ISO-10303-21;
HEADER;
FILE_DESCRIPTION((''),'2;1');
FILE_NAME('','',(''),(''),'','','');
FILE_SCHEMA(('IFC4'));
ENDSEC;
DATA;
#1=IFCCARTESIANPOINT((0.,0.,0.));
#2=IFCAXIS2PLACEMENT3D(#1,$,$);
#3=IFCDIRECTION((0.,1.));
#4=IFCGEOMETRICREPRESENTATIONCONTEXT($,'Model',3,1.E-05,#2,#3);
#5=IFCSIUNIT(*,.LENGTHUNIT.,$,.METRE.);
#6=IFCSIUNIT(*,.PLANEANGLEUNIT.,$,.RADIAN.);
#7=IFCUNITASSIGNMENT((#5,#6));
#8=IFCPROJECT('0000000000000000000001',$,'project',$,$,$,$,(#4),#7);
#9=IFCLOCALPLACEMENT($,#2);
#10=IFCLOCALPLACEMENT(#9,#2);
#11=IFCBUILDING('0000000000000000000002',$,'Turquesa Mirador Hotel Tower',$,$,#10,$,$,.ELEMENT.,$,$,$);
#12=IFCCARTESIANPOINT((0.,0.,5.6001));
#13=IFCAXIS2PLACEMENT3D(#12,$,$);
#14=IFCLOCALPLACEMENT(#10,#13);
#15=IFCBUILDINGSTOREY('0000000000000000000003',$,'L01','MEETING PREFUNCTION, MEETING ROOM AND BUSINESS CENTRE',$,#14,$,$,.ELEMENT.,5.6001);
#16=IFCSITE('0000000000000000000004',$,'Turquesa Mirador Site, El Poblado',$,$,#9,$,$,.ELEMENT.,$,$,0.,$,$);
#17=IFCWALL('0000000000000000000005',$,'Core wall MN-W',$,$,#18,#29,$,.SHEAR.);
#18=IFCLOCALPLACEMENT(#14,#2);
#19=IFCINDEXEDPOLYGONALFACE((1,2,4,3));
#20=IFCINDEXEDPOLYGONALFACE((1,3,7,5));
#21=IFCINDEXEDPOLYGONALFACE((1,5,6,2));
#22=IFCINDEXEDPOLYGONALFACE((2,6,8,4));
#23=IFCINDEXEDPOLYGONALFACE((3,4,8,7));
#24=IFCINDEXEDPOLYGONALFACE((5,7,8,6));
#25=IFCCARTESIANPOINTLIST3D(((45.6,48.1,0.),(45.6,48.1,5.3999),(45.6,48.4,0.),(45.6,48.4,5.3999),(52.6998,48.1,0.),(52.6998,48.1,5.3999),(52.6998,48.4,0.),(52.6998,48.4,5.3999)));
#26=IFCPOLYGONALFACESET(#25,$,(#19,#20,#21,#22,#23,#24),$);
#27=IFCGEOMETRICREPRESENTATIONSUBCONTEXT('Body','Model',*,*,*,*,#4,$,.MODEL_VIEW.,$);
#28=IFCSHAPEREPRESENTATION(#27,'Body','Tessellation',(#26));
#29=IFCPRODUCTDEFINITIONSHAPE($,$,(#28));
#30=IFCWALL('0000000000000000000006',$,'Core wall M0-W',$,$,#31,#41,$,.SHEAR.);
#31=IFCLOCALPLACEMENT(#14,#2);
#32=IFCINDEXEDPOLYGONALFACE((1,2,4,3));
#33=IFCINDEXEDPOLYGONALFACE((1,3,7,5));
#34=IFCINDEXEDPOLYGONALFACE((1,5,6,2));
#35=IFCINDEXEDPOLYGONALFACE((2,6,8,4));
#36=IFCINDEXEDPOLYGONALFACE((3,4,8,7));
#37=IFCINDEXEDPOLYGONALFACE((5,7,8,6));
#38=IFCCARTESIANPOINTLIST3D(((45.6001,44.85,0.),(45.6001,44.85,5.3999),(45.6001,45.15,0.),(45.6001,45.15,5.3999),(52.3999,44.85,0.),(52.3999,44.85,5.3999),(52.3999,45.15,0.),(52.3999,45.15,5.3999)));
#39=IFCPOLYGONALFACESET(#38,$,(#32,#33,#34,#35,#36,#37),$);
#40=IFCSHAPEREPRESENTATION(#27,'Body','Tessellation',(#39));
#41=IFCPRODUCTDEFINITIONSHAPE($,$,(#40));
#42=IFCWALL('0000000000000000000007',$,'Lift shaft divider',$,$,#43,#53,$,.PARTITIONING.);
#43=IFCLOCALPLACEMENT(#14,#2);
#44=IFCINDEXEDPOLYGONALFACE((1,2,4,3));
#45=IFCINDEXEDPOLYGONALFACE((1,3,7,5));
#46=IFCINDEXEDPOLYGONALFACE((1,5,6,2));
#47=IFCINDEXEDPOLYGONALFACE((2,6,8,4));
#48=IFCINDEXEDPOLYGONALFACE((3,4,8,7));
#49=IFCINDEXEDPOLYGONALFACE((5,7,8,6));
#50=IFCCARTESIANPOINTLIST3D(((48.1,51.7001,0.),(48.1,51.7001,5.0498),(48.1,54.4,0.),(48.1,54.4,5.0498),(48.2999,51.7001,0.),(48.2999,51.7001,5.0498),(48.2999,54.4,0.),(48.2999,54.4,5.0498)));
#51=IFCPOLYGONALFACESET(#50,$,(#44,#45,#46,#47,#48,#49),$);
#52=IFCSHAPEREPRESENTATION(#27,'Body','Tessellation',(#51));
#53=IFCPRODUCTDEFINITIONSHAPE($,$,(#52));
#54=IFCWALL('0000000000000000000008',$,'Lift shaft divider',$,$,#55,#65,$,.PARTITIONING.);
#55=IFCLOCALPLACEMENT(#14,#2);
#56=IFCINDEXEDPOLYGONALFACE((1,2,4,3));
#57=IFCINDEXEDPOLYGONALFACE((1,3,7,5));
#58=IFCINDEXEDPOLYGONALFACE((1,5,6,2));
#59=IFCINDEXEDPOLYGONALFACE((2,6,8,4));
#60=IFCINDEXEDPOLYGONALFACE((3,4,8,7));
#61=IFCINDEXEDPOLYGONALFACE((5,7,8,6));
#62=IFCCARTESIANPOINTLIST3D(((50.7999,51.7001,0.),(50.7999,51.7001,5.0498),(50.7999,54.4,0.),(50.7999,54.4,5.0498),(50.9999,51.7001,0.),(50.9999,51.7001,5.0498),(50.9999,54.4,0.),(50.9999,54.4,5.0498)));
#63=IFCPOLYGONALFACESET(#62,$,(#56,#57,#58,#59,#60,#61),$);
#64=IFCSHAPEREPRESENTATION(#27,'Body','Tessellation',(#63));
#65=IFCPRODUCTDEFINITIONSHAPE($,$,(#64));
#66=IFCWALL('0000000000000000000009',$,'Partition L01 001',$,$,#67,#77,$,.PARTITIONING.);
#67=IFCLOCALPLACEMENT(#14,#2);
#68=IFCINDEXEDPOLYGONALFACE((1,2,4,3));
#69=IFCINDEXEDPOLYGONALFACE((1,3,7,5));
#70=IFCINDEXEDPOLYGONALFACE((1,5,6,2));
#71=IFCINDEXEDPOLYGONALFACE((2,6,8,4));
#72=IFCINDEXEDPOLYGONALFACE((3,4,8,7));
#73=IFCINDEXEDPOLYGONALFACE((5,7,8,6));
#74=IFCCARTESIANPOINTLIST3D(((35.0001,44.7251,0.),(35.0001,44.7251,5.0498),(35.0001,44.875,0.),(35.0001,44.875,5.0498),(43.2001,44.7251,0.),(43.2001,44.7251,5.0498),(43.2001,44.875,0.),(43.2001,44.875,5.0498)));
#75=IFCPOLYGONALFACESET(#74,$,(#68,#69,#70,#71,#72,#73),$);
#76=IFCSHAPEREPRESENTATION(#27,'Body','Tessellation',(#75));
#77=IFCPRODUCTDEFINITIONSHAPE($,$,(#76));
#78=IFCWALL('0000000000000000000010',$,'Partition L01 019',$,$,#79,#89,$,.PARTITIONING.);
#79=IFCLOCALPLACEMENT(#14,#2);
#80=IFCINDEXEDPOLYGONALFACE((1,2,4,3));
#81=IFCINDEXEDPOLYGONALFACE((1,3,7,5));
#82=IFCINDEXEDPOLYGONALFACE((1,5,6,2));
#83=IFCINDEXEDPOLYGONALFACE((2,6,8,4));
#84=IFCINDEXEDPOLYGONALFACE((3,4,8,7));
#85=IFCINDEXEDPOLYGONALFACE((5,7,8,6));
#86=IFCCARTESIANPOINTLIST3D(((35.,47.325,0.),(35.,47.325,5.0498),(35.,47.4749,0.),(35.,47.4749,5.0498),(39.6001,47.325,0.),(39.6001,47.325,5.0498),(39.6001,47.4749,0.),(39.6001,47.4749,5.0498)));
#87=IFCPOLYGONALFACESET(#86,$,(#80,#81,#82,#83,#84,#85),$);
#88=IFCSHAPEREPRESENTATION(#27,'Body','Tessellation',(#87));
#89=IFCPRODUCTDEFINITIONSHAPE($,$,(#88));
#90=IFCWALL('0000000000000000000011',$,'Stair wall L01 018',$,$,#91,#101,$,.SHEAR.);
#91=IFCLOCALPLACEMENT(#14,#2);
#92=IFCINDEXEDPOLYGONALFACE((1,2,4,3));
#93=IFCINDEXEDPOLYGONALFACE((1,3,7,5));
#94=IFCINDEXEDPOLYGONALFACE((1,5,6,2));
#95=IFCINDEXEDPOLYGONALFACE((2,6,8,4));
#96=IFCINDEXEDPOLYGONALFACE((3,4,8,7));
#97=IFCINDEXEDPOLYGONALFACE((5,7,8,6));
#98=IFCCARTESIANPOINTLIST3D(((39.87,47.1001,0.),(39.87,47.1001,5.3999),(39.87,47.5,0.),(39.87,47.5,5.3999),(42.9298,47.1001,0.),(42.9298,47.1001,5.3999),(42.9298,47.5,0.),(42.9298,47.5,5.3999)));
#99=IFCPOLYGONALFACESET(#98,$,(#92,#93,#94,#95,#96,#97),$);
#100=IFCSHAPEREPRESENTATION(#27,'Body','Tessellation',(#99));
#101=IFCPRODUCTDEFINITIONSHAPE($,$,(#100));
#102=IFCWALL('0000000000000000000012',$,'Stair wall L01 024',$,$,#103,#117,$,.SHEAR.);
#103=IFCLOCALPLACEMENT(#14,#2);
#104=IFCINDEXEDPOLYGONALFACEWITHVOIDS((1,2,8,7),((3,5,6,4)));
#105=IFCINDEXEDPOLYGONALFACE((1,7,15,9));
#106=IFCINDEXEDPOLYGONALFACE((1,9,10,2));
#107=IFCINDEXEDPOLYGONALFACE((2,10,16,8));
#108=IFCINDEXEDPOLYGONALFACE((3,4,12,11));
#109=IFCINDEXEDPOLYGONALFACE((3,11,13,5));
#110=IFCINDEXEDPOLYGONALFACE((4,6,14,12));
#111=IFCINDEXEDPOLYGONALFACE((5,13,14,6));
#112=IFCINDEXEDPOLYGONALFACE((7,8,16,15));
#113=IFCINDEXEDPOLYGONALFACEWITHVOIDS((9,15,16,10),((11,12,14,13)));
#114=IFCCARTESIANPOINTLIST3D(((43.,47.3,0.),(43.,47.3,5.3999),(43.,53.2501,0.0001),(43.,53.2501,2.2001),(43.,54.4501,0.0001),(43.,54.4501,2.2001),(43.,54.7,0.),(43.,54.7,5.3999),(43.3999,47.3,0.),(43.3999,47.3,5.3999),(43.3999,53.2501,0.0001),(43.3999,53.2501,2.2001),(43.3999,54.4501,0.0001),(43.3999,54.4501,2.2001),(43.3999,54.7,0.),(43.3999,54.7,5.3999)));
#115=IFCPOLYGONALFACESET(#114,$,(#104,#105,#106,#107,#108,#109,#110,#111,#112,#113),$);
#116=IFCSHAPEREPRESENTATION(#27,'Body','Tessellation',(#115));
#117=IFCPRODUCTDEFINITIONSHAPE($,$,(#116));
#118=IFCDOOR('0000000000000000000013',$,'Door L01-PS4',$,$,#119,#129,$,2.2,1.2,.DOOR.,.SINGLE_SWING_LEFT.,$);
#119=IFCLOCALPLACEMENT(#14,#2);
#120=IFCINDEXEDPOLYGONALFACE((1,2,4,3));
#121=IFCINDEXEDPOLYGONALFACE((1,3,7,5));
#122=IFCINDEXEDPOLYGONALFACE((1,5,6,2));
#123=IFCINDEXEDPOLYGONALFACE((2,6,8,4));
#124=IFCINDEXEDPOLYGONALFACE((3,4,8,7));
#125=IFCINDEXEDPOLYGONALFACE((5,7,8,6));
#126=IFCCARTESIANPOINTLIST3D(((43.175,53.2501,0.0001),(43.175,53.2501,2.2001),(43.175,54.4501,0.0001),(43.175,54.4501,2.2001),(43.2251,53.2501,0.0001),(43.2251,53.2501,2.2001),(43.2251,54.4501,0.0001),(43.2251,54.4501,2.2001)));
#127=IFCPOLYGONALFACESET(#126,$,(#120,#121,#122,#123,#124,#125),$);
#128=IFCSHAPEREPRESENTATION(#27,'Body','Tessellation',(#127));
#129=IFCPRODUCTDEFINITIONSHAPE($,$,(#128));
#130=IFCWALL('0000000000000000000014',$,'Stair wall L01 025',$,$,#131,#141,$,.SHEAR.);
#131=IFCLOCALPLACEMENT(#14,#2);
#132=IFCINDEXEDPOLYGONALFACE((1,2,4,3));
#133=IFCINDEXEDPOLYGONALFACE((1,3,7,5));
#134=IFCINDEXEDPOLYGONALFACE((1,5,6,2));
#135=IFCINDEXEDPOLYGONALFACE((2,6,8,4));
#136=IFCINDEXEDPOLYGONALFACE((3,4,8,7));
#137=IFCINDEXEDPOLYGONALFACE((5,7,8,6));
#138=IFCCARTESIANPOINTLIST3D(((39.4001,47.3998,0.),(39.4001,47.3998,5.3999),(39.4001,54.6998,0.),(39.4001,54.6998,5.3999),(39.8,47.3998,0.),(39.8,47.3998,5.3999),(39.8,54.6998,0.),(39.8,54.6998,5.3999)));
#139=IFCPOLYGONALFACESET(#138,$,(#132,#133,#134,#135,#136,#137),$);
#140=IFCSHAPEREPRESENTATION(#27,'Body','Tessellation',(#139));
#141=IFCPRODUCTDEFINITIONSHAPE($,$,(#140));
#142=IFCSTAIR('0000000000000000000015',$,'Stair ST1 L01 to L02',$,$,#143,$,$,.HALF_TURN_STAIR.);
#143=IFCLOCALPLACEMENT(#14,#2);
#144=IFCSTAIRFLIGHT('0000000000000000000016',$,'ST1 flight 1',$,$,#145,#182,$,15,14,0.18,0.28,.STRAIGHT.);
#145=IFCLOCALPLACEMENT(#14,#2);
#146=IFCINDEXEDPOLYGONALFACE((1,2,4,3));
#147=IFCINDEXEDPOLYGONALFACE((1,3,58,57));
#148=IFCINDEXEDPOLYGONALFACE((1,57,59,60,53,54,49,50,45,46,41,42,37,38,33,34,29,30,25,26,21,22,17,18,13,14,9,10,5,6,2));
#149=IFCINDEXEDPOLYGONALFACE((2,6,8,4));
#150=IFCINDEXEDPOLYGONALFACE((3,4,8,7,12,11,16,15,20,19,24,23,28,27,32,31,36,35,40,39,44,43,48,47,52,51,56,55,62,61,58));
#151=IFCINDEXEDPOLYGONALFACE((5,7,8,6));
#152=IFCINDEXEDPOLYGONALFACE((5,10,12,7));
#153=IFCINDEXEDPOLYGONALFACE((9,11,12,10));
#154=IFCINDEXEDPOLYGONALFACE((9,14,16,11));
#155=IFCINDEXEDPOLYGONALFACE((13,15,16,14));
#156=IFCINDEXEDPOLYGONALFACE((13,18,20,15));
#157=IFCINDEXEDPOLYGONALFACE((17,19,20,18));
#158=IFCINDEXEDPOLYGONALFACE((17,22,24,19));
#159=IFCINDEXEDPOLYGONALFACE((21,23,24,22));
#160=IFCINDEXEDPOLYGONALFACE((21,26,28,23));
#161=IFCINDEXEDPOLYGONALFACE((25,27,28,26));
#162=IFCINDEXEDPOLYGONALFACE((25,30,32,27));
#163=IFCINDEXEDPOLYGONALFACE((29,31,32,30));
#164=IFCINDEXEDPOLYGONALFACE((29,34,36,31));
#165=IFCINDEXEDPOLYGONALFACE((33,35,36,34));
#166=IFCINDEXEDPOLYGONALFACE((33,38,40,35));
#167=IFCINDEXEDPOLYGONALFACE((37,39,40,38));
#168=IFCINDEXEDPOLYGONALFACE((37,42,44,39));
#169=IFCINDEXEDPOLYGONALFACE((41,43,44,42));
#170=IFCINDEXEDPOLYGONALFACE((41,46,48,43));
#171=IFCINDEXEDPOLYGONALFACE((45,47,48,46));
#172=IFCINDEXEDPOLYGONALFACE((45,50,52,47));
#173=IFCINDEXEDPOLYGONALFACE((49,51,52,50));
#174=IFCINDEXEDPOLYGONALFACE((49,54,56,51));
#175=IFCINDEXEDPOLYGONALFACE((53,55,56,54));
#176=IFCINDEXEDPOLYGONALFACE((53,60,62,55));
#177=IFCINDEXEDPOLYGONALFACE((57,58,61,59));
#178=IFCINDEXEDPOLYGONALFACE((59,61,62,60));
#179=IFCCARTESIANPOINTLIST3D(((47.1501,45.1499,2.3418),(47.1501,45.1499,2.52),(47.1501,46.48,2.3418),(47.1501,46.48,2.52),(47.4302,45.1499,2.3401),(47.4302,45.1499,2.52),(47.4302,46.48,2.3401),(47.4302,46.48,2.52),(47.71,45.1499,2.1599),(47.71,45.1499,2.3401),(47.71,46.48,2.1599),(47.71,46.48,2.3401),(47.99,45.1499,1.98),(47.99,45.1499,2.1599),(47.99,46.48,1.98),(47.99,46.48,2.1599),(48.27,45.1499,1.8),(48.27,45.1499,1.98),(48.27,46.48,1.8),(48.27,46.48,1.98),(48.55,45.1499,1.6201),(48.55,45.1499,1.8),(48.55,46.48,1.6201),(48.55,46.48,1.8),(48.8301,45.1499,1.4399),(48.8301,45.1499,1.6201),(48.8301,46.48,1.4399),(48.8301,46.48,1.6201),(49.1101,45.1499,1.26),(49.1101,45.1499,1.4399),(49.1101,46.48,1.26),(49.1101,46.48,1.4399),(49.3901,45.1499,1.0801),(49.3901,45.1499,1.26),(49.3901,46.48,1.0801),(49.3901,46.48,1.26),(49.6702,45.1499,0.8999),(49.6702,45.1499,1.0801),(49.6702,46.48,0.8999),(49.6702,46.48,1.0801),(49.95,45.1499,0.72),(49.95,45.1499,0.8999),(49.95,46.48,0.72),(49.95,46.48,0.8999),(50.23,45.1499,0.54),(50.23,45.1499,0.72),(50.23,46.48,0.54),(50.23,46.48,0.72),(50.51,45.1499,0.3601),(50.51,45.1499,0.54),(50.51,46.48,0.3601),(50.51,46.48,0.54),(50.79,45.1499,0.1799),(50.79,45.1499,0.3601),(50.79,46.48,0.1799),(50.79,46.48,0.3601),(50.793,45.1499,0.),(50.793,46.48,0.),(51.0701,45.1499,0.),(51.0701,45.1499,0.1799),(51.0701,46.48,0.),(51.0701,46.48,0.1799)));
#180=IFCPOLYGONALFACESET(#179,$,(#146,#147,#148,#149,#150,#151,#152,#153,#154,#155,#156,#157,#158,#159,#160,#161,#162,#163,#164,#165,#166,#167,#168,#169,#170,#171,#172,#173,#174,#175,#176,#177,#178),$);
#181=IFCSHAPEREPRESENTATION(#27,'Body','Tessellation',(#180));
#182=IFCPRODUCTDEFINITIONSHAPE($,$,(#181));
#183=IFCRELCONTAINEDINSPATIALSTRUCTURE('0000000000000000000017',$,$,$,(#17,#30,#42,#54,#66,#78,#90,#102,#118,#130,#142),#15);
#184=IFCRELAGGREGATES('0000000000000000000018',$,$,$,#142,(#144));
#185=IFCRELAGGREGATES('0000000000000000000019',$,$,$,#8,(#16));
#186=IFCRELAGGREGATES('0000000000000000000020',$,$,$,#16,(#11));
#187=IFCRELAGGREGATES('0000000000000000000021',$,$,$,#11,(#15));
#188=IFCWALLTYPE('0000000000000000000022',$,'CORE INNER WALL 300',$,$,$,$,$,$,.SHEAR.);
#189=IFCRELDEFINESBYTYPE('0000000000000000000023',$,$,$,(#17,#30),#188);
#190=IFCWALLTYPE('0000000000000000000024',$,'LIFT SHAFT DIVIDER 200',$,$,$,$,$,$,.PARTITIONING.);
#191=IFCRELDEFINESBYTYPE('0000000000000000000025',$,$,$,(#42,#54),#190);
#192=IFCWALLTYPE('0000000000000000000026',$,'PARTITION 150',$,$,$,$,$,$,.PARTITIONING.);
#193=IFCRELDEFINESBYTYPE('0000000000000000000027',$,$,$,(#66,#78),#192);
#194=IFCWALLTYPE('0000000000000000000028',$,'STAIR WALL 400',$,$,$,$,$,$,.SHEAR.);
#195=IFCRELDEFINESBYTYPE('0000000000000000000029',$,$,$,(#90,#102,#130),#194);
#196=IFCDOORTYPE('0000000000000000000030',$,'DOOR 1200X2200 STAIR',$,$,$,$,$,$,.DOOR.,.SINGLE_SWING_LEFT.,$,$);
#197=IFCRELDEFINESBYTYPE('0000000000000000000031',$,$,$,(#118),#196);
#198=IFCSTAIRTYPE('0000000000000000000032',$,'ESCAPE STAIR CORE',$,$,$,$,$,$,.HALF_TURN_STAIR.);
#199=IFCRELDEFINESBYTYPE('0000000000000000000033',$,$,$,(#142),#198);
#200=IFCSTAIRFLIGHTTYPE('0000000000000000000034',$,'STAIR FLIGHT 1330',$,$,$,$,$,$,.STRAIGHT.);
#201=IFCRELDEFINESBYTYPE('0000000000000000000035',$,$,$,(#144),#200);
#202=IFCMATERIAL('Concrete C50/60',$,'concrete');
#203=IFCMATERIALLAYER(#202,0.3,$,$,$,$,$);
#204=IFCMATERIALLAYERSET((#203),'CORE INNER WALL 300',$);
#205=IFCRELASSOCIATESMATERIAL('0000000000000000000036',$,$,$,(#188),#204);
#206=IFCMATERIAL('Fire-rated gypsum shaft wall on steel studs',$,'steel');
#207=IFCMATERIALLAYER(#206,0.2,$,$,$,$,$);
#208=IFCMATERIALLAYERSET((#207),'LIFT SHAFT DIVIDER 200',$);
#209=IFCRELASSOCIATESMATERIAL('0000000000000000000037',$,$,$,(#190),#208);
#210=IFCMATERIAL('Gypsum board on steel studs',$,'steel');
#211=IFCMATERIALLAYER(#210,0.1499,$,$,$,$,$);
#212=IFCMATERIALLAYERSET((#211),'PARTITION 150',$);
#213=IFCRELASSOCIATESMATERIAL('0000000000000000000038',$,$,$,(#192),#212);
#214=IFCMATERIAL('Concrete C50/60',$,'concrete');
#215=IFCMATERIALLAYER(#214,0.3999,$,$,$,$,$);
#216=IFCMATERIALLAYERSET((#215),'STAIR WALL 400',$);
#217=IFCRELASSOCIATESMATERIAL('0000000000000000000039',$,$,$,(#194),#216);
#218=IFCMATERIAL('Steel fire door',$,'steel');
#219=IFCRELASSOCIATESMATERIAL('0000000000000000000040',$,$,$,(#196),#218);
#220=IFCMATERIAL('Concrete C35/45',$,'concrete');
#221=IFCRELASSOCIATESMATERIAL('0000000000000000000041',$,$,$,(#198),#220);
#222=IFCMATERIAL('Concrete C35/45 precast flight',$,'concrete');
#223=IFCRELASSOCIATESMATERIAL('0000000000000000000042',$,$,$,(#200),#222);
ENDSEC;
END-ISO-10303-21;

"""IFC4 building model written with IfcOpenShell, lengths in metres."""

from ifc_helpers import new_model, si_unit, direction, frame, frame_2d, origin, place, context, subcontext, project, spatial, polyline, rectangle, outline, extrude, material, layer, layer_set, type_object, element, fill, aggregate, save


model = new_model("IFC4")

# Units and contexts
model_context = context("Model", 3, precision=1e-05, world=origin(), true_north=direction((0.0, 1.0)))
body_context = subcontext(model_context, "Body", "Model", "MODEL_VIEW")
ifc_project = project(units=[si_unit("LENGTHUNIT", "METRE"), si_unit("PLANEANGLEUNIT", "RADIAN")], contexts=[model_context])

# Site, building, storey
site_placement = place(None, origin())
site = spatial("IfcSite", under=ifc_project, at=site_placement, Name="Turquesa Mirador Site, El Poblado", CompositionType="ELEMENT", RefElevation=0.0)
building_placement = place(site_placement, origin())
building = spatial("IfcBuilding", under=site, at=building_placement, Name="Turquesa Mirador Hotel Tower", CompositionType="ELEMENT")
storey_placement = place(building_placement, frame((0.0, 0.0, 5.6001)))
storey = spatial("IfcBuildingStorey", under=building, at=storey_placement, Name="L01", Description="MEETING PREFUNCTION, MEETING ROOM AND BUSINESS CENTRE", CompositionType="ELEMENT", Elevation=5.6001)

# Shared definitions
ifc_material_1 = material(Name="Concrete C50/60", Category="concrete")
ifc_layer_1 = layer(ifc_material_1, 0.3)
ifc_layer_set_1 = layer_set([ifc_layer_1], Name="CORE INNER WALL 300")
wall_type_1 = type_object("IfcWallType", Name="CORE INNER WALL 300", PredefinedType="SHEAR", material=ifc_layer_set_1)

# Walls
wall_1_placement = place(storey_placement, frame((45.6001, 48.25, 0.0), z_axis=(0.0, 0.0, 1.0), x_axis=(1.0, 0.0, 0.0)))
element("IfcWall", 1, at=wall_1_placement, inside=storey, type_object=wall_type_1, Name="Core wall MN-W", PredefinedType="SHEAR", context=body_context, shape_type="SweptSolid", body=[
    extrude(rectangle(XDim=7.0999, YDim=0.3, at=frame_2d((3.5498, 0.0))), origin(), (0.0, 0.0, 1.0), 5.3999),
])
wall_2_placement = place(storey_placement, frame((45.6001, 45.0, 0.0), z_axis=(0.0, 0.0, 1.0), x_axis=(1.0, 0.0, 0.0)))
element("IfcWall", 2, at=wall_2_placement, inside=storey, type_object=wall_type_1, Name="Core wall M0-W", PredefinedType="SHEAR", context=body_context, shape_type="SweptSolid", body=[
    extrude(rectangle(XDim=6.7998, YDim=0.3, at=frame_2d((3.3999, 0.0))), origin(), (0.0, 0.0, 1.0), 5.3999),
])
ifc_material_2 = material(Name="Fire-rated gypsum shaft wall on steel studs", Category="steel")
ifc_layer_2 = layer(ifc_material_2, 0.2)
ifc_layer_set_2 = layer_set([ifc_layer_2], Name="LIFT SHAFT DIVIDER 200")
wall_type_2 = type_object("IfcWallType", Name="LIFT SHAFT DIVIDER 200", PredefinedType="PARTITIONING", material=ifc_layer_set_2)
for number, where, z_axis, x_axis, name in (
    (3, (48.2, 51.7, 0.0), (0.0, 0.0, 1.0), (0.0, 1.0, 0.0), "Lift shaft divider"),
    (4, (50.8999, 51.7, 0.0), (0.0, 0.0, 1.0), (0.0, 1.0, 0.0), "Lift shaft divider"),
):
    element("IfcWall", number, at=place(storey_placement, frame(where, z_axis=z_axis, x_axis=x_axis)), inside=storey, type_object=wall_type_2, Name=name, PredefinedType="PARTITIONING", context=body_context, shape_type="SweptSolid", body=[
        extrude(rectangle(XDim=2.7, YDim=0.2, at=frame_2d((1.3501, 0.0))), origin(), (0.0, 0.0, 1.0), 5.0498),
    ])
ifc_material_3 = material(Name="Gypsum board on steel studs", Category="steel")
ifc_layer_3 = layer(ifc_material_3, 0.1499)
ifc_layer_set_3 = layer_set([ifc_layer_3], Name="PARTITION 150")
wall_type_3 = type_object("IfcWallType", Name="PARTITION 150", PredefinedType="PARTITIONING", material=ifc_layer_set_3)
wall_3_placement = place(storey_placement, frame((35.0, 44.8, 0.0), z_axis=(0.0, 0.0, 1.0), x_axis=(1.0, 0.0, 0.0)))
element("IfcWall", 5, at=wall_3_placement, inside=storey, type_object=wall_type_3, Name="Partition L01 001", PredefinedType="PARTITIONING", context=body_context, shape_type="SweptSolid", body=[
    extrude(rectangle(XDim=8.2, YDim=0.1499, at=frame_2d((4.1001, 0.0))), origin(), (0.0, 0.0, 1.0), 5.0498),
])
wall_4_placement = place(storey_placement, frame((35.0, 47.3999, 0.0), z_axis=(0.0, 0.0, 1.0), x_axis=(1.0, 0.0, 0.0)))
element("IfcWall", 6, at=wall_4_placement, inside=storey, type_object=wall_type_3, Name="Partition L01 019", PredefinedType="PARTITIONING", context=body_context, shape_type="SweptSolid", body=[
    extrude(rectangle(XDim=4.6001, YDim=0.1499, at=frame_2d((2.3, 0.0))), origin(), (0.0, 0.0, 1.0), 5.0498),
])
ifc_material_4 = material(Name="Concrete C50/60", Category="concrete")
ifc_layer_4 = layer(ifc_material_4, 0.3999)
ifc_layer_set_4 = layer_set([ifc_layer_4], Name="STAIR WALL 400")
wall_type_4 = type_object("IfcWallType", Name="STAIR WALL 400", PredefinedType="SHEAR", material=ifc_layer_set_4)
wall_5_placement = place(storey_placement, frame((39.8701, 47.3, 0.0), z_axis=(0.0, 0.0, 1.0), x_axis=(1.0, 0.0, 0.0)))
element("IfcWall", 7, at=wall_5_placement, inside=storey, type_object=wall_type_4, Name="Stair wall L01 018", PredefinedType="SHEAR", context=body_context, shape_type="SweptSolid", body=[
    extrude(rectangle(XDim=3.0598, YDim=0.3999, at=frame_2d((1.5298, 0.0))), origin(), (0.0, 0.0, 1.0), 5.3999),
])

# Wall, opening, door
wall_6_placement = place(storey_placement, frame((43.2, 47.3, 0.0), z_axis=(0.0, 0.0, 1.0), x_axis=(0.0, 1.0, 0.0)))
wall_6 = element("IfcWall", 8, at=wall_6_placement, inside=storey, type_object=wall_type_4, Name="Stair wall L01 024", PredefinedType="SHEAR", context=body_context, shape_type="SweptSolid", body=[
    extrude(rectangle(XDim=7.3999, YDim=0.3999, at=frame_2d((3.7, 0.0))), origin(), (0.0, 0.0, 1.0), 5.3999),
])
opening_1_placement = place(wall_6_placement, frame((5.95, 0.0, 0.0)))
opening_1 = element("IfcOpeningElement", 9, at=opening_1_placement, cuts=wall_6, PredefinedType="OPENING", context=body_context, shape_type="SweptSolid", body=[
    extrude(rectangle(XDim=1.2, YDim=2.2, at=frame_2d((0.6001, 1.1001))), frame((0.0, 0.21, 0.0), z_axis=(0.0, -1.0, 0.0), x_axis=(1.0, 0.0, 0.0)), (0.0, 0.0, 1.0), 0.4199),
])
ifc_material_5 = material(Name="Steel fire door", Category="steel")
door_type_1 = type_object("IfcDoorType", Name="DOOR 1200X2200 STAIR", OperationType="SINGLE_SWING_LEFT", PredefinedType="DOOR", material=ifc_material_5)
door_1_placement = place(opening_1_placement, origin())
door_1 = element("IfcDoor", 10, at=door_1_placement, inside=storey, type_object=door_type_1, Name="Door L01-PS4", OperationType="SINGLE_SWING_LEFT", OverallHeight=2.2, OverallWidth=1.2, PredefinedType="DOOR", context=body_context, shape_type="SweptSolid", body=[
    extrude(rectangle(XDim=1.2, YDim=2.2, at=frame_2d((0.6001, 1.1001))), frame((0.0, 0.0249, 0.0), z_axis=(0.0, -1.0, 0.0), x_axis=(1.0, 0.0, 0.0)), (0.0, 0.0, 1.0), 0.05),
])
fill(opening_1, door_1)

# Wall
wall_7_placement = place(storey_placement, frame((39.6001, 47.3999, 0.0), z_axis=(0.0, 0.0, 1.0), x_axis=(0.0, 1.0, 0.0)))
element("IfcWall", 11, at=wall_7_placement, inside=storey, type_object=wall_type_4, Name="Stair wall L01 025", PredefinedType="SHEAR", context=body_context, shape_type="SweptSolid", body=[
    extrude(rectangle(XDim=7.3, YDim=0.3999, at=frame_2d((3.6499, 0.0))), origin(), (0.0, 0.0, 1.0), 5.3999),
])

# Stair, stair flight
ifc_material_6 = material(Name="Concrete C35/45", Category="concrete")
stair_type_1 = type_object("IfcStairType", Name="ESCAPE STAIR CORE", PredefinedType="HALF_TURN_STAIR", material=ifc_material_6)
stair_1_placement = place(storey_placement, origin())
stair_1 = element("IfcStair", 12, at=stair_1_placement, inside=storey, type_object=stair_type_1, Name="Stair ST1 L01 to L02", PredefinedType="HALF_TURN_STAIR")
ifc_material_7 = material(Name="Concrete C35/45 precast flight", Category="concrete")
stair_flight_type_1 = type_object("IfcStairFlightType", Name="STAIR FLIGHT 1330", PredefinedType="STRAIGHT", material=ifc_material_7)
stair_flight_1_placement = place(storey_placement, frame((51.0701, 45.8149, 0.0), z_axis=(0.0, 0.0, 1.0), x_axis=(-1.0, 0.0, 0.0)))
stair_flight_1 = element("IfcStairFlight", 13, at=stair_flight_1_placement, type_object=stair_flight_type_1, Name="ST1 flight 1", NumberOfRisers=15, NumberOfTreads=14, PredefinedType="STRAIGHT", RiserHeight=0.18, TreadLength=0.28, context=body_context, shape_type="SweptSolid", body=[
    extrude(outline(polyline([(0.0, 0.0), (0.0, 0.1799), (0.28, 0.1799), (0.28, 0.3601), (0.5601, 0.3601), (0.5601, 0.54), (0.8401, 0.54), (0.8401, 0.72), (1.1201, 0.72), (1.1201, 0.8999), (1.3999, 0.8999), (1.3999, 1.0801), (1.6799, 1.0801), (1.6799, 1.26), (1.96, 1.26), (1.96, 1.4399), (2.24, 1.4399), (2.24, 1.6201), (2.52, 1.6201), (2.52, 1.8), (2.8, 1.8), (2.8, 1.98), (3.0801, 1.98), (3.0801, 2.1599), (3.3601, 2.1599), (3.3601, 2.3401), (3.6399, 2.3401), (3.6399, 2.52), (3.9199, 2.52), (3.9199, 2.7), (3.9199, 2.3418), (0.2771, 0.0), (0.0, 0.0)])), frame((0.0, 0.665, 0.0), z_axis=(0.0, -1.0, 0.0), x_axis=(1.0, 0.0, 0.0)), (0.0, 0.0, 1.0), 1.3301),
])
aggregate(stair_1, [stair_flight_1])

save(model, "model.ifc")
